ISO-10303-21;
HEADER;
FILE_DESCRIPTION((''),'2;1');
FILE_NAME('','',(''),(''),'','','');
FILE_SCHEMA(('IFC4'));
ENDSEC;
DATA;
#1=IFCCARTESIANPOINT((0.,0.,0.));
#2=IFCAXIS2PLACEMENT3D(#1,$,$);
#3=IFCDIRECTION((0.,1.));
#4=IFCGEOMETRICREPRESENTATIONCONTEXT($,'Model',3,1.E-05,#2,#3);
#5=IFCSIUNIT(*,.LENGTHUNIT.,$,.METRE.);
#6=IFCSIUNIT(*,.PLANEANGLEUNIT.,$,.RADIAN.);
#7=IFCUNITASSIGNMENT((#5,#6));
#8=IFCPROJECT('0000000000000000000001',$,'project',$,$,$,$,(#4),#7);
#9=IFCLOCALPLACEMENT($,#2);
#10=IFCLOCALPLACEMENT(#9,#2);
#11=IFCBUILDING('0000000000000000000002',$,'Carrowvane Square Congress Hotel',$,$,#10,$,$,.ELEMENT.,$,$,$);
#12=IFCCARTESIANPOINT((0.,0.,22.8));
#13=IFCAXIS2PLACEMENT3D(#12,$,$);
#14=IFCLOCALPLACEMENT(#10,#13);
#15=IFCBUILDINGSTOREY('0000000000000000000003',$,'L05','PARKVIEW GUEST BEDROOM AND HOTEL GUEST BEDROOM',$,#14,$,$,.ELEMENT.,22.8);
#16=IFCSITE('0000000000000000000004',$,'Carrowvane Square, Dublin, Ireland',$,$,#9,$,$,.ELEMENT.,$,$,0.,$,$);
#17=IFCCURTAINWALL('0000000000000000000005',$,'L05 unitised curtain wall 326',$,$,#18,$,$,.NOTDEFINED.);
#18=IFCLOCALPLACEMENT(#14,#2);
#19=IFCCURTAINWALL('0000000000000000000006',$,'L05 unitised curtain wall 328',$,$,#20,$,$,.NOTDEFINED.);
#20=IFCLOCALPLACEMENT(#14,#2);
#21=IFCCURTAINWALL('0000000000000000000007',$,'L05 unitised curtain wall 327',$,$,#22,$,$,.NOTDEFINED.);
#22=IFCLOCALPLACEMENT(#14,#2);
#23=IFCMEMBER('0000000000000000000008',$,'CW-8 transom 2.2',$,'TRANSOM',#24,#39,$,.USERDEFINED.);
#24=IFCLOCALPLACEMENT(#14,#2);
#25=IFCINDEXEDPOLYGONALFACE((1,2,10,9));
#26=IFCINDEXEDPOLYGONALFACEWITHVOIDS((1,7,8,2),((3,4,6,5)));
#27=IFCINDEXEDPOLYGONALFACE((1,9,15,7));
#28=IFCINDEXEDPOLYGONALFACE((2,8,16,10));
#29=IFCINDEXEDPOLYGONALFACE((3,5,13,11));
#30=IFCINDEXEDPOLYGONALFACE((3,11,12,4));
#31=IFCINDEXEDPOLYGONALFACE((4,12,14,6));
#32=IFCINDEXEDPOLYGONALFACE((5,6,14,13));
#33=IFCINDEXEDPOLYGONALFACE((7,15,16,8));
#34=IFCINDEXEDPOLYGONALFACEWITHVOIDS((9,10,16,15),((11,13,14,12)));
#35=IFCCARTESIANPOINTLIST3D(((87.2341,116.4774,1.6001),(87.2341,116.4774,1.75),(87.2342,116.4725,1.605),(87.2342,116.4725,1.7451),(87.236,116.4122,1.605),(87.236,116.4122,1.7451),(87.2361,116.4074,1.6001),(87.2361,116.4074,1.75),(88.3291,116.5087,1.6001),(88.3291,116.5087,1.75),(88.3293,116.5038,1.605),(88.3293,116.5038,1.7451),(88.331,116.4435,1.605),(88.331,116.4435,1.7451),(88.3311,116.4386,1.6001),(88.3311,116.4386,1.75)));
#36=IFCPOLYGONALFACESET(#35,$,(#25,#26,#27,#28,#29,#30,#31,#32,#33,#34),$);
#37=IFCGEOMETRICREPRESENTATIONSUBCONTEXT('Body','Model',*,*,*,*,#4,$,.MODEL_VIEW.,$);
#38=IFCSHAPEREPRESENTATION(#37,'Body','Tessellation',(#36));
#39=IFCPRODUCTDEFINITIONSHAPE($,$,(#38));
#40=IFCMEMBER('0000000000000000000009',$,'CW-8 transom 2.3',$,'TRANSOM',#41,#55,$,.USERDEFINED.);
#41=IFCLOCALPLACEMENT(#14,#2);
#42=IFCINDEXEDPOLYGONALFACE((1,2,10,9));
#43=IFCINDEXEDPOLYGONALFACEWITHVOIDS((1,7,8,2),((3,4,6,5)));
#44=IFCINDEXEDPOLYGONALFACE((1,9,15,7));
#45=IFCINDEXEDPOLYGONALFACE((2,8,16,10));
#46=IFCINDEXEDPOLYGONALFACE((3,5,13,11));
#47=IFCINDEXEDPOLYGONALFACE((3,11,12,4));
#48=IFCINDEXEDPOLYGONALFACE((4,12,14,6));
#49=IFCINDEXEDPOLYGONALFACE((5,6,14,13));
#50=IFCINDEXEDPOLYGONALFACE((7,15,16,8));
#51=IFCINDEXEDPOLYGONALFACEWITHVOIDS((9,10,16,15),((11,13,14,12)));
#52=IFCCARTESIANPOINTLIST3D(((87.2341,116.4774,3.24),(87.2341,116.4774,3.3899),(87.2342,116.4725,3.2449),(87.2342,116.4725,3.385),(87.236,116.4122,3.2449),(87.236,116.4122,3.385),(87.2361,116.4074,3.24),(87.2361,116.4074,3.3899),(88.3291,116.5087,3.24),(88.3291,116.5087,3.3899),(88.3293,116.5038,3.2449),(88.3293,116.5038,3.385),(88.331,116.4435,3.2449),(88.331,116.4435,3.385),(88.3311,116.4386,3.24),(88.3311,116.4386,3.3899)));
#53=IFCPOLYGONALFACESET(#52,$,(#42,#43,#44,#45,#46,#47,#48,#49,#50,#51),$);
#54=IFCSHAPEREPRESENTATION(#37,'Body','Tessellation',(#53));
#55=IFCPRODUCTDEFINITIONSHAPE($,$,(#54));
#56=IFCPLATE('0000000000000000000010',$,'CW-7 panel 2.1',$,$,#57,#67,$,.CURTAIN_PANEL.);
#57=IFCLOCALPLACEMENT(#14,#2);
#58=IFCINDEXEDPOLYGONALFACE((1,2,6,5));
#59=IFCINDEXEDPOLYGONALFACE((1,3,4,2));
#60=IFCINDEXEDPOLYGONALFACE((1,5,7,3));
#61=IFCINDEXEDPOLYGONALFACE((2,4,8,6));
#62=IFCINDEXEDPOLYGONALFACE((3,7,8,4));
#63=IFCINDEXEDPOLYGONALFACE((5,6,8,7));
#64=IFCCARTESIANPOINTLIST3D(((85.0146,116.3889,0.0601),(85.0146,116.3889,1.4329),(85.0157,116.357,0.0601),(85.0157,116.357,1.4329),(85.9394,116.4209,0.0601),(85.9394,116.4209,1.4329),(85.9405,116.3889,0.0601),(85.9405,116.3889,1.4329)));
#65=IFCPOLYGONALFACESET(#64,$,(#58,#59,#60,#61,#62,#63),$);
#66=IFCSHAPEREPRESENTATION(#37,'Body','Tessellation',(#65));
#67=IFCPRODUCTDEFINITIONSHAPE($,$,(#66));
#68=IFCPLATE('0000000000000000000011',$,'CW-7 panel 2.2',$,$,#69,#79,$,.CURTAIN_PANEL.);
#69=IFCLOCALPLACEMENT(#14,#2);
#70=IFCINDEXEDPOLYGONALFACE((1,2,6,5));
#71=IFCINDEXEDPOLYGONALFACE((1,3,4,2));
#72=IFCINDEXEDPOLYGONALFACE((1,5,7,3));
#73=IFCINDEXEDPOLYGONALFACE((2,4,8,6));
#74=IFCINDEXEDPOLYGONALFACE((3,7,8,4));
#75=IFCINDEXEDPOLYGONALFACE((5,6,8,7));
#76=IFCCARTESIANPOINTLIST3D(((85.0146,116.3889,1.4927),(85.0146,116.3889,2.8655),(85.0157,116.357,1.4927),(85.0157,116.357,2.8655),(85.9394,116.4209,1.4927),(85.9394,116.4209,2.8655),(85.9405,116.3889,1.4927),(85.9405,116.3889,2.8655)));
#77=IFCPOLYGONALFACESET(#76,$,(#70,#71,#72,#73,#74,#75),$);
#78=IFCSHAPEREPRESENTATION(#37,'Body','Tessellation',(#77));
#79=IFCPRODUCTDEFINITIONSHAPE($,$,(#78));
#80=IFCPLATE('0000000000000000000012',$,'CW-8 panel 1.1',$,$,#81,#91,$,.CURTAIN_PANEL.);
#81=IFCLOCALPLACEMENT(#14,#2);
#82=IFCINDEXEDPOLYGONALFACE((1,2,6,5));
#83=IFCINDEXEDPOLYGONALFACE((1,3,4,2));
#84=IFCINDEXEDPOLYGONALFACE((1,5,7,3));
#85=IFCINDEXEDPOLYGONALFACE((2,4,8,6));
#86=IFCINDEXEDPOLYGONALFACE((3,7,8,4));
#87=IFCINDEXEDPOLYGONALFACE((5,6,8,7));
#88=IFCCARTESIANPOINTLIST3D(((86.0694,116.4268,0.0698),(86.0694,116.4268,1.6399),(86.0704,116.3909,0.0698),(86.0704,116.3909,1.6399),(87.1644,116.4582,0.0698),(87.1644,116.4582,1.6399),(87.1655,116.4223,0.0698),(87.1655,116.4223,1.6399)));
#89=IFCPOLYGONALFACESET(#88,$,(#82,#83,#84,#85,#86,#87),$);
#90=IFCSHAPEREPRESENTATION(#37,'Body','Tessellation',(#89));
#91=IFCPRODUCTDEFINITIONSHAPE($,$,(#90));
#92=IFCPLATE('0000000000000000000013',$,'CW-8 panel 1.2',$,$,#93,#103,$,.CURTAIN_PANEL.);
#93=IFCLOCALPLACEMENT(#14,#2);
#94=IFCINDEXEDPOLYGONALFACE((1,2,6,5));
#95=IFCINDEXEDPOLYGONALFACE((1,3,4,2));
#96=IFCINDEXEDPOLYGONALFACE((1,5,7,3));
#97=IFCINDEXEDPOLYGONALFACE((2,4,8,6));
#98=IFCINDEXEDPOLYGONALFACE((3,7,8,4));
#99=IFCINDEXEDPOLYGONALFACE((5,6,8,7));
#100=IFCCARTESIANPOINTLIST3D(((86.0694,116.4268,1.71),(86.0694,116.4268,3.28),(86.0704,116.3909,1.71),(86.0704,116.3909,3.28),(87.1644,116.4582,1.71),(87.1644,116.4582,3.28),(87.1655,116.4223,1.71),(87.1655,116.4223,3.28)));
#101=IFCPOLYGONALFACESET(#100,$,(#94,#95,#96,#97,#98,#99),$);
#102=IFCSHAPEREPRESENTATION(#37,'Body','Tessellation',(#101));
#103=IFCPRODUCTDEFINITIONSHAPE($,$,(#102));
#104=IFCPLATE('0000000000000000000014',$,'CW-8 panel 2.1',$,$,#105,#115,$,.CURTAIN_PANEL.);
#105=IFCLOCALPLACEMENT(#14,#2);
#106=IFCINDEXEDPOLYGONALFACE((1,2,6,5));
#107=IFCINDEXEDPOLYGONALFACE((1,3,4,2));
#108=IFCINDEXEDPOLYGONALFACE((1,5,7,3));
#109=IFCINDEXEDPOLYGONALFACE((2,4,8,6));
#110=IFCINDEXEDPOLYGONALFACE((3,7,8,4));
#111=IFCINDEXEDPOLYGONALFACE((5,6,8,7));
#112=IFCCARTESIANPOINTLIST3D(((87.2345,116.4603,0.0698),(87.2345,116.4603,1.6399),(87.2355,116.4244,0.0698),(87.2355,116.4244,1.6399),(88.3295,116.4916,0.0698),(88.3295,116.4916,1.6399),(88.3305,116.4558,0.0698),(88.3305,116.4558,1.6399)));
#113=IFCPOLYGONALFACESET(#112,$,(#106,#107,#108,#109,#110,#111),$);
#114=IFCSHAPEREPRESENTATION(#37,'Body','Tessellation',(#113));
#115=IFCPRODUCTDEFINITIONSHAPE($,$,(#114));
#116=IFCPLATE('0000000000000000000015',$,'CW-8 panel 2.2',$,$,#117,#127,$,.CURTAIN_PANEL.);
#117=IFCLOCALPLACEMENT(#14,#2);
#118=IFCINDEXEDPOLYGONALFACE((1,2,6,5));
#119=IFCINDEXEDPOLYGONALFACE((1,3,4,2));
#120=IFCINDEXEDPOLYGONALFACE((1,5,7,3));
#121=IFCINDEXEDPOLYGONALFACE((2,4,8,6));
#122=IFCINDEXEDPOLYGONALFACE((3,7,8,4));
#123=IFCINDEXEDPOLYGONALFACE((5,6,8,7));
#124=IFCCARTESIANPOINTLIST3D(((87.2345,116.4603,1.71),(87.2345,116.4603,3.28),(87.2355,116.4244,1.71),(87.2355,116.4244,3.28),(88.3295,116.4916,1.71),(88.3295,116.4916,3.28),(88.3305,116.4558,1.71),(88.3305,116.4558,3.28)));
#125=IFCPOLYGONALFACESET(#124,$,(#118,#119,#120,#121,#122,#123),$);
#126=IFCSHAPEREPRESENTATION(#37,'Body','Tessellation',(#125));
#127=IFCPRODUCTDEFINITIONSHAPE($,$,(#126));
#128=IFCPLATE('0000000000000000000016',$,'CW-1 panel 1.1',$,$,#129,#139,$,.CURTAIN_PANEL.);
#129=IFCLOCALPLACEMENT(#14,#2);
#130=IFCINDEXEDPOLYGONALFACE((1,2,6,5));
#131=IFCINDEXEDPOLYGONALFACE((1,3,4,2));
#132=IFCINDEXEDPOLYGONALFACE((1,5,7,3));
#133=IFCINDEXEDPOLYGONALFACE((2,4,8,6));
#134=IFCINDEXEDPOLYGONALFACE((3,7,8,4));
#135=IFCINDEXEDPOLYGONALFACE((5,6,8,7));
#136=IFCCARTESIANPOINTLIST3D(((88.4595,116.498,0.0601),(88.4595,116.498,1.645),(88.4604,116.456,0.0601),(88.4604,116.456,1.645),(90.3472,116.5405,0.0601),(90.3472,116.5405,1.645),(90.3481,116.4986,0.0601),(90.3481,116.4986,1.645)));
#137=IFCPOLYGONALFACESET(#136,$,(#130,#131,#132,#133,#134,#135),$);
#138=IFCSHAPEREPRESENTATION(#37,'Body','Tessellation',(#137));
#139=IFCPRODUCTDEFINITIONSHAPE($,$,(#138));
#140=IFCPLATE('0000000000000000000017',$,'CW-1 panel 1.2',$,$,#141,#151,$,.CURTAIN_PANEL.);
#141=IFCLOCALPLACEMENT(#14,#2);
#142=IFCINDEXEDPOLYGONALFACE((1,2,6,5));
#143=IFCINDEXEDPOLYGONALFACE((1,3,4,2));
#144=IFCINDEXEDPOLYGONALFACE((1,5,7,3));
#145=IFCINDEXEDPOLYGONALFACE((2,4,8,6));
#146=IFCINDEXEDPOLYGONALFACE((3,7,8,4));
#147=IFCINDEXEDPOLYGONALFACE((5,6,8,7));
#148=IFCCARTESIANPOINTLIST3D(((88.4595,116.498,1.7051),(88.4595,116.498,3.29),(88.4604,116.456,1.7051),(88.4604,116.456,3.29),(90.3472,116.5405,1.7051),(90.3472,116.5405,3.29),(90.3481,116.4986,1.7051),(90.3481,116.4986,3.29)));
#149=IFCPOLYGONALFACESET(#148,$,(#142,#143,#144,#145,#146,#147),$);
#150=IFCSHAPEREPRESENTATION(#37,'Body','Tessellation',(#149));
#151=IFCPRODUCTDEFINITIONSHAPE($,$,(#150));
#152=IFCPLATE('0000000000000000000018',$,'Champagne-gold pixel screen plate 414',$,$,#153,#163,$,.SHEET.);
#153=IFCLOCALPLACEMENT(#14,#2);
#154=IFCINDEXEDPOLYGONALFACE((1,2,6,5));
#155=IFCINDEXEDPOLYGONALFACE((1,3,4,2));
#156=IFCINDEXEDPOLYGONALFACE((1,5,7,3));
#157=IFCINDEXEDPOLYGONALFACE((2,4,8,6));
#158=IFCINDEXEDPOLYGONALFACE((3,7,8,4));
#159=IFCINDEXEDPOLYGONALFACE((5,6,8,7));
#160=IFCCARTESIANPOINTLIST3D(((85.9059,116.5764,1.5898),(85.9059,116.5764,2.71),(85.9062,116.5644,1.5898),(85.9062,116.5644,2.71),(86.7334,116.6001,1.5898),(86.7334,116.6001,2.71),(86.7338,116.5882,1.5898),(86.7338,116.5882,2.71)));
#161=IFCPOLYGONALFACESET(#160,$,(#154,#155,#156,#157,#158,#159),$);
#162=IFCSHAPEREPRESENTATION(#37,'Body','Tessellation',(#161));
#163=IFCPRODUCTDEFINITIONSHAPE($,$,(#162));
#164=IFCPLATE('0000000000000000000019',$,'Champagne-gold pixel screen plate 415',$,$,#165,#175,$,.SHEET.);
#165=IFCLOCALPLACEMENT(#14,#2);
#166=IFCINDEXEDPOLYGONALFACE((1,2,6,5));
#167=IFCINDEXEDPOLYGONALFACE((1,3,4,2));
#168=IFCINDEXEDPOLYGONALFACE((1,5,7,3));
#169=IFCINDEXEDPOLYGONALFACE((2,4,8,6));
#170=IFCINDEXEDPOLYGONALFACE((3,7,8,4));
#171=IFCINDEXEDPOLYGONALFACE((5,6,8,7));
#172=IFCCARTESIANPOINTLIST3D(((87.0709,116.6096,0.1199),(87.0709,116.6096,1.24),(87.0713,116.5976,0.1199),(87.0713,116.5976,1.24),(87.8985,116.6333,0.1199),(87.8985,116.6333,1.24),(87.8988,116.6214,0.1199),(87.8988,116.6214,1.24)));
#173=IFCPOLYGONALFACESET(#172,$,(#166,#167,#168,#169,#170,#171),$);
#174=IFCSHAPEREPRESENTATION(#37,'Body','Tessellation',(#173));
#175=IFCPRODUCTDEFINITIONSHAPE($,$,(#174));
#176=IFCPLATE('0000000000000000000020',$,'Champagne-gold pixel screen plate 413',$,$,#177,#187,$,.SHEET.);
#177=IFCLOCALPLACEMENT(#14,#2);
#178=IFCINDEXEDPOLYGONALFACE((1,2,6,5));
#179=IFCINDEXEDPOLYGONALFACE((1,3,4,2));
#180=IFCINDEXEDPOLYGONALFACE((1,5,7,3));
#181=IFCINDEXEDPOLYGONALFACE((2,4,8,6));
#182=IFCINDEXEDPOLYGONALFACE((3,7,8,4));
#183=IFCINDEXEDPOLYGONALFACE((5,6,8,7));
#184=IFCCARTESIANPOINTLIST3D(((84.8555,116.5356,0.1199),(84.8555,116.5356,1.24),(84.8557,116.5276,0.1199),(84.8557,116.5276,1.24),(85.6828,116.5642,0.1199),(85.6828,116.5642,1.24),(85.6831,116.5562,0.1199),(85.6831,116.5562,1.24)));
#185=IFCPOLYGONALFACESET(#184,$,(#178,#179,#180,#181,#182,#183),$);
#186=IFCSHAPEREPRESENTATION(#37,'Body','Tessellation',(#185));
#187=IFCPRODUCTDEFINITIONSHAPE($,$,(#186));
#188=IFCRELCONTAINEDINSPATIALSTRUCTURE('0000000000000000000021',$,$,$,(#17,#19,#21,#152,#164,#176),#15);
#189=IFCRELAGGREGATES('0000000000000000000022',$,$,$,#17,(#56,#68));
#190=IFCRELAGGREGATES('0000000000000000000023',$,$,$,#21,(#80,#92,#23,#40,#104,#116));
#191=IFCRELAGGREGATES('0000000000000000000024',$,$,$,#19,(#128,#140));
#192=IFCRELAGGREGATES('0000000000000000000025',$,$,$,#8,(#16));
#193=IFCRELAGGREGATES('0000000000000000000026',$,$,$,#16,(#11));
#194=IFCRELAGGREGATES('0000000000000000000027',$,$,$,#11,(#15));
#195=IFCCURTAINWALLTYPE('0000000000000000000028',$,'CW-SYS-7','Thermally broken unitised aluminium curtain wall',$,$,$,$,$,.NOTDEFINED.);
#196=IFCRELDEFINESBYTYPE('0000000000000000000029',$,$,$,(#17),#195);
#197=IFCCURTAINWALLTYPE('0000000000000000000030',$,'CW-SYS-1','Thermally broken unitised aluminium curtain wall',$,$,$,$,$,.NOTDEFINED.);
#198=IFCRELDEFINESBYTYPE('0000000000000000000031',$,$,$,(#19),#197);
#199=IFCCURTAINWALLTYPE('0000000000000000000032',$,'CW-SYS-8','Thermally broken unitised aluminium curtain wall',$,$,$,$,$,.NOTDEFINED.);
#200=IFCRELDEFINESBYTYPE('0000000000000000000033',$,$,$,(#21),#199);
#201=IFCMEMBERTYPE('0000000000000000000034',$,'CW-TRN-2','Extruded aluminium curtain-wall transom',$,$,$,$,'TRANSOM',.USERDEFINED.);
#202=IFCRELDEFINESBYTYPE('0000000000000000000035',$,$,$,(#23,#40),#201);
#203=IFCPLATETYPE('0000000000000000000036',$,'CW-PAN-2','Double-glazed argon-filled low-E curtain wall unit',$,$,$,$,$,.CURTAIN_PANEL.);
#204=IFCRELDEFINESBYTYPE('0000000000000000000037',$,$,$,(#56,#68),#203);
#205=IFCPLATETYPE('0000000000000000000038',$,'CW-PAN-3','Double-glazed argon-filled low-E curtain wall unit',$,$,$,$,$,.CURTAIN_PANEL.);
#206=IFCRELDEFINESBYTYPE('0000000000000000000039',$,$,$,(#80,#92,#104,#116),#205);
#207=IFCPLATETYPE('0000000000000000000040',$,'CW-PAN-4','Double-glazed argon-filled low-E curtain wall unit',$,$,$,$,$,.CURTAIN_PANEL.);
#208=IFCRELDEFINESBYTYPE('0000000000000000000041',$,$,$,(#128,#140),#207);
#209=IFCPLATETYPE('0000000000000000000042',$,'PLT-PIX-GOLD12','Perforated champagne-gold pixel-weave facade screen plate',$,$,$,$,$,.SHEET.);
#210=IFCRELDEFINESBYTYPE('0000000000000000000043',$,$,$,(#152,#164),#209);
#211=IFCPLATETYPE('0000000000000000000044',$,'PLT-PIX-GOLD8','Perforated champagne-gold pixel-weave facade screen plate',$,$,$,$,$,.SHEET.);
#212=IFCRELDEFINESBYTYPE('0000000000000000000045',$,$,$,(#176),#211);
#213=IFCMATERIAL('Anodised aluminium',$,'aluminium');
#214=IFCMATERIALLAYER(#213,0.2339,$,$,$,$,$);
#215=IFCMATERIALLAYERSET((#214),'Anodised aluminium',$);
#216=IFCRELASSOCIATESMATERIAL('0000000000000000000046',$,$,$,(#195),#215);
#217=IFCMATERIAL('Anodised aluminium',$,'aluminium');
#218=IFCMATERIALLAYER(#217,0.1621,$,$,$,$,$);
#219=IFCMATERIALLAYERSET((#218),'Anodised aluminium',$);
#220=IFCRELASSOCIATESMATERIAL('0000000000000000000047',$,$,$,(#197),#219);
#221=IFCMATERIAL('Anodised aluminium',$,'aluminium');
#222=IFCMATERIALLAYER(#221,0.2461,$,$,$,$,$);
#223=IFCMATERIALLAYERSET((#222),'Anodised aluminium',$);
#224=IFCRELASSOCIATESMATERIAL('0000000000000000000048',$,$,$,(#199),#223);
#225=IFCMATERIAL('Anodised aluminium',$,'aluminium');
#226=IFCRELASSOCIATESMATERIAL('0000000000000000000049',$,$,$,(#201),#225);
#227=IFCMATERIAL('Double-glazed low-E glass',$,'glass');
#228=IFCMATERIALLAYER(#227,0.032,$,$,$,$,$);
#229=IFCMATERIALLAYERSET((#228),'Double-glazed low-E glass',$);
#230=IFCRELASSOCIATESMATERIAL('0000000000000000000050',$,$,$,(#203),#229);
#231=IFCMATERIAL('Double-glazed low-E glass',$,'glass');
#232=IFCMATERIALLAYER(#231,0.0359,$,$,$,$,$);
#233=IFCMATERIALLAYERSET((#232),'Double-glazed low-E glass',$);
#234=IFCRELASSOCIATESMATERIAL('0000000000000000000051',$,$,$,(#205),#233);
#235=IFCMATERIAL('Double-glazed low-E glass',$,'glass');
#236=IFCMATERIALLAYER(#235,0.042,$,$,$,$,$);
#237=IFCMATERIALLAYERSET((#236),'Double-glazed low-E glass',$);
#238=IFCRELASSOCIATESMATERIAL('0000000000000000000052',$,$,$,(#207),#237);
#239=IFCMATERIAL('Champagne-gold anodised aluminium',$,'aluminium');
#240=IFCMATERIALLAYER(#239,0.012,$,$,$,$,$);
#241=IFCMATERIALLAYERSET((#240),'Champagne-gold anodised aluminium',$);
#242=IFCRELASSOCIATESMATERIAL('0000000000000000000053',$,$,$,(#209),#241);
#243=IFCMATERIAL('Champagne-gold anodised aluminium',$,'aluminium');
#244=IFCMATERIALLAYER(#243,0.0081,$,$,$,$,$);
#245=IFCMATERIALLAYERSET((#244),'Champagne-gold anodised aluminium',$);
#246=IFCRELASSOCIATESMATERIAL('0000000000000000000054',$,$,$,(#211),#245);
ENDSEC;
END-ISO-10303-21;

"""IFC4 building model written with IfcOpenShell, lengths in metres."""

from ifc_helpers import new_model, si_unit, direction, frame, origin, origin_2d, place, context, subcontext, project, spatial, rectangle, hollow_rectangle, extrude, material, layer, layer_set, material_profile, profile_set, type_object, element, aggregate, save


model = new_model("IFC4")

# Units and contexts
model_context = context("Model", 3, precision=1e-05, world=origin(), true_north=direction((0.0, 1.0)))
body_context = subcontext(model_context, "Body", "Model", "MODEL_VIEW")
ifc_project = project(units=[si_unit("LENGTHUNIT", "METRE"), si_unit("PLANEANGLEUNIT", "RADIAN")], contexts=[model_context])

# Site, building, storey
site_placement = place(None, origin())
site = spatial("IfcSite", under=ifc_project, at=site_placement, Name="Carrowvane Square, Dublin, Ireland", CompositionType="ELEMENT", RefElevation=0.0)
building_placement = place(site_placement, origin())
building = spatial("IfcBuilding", under=site, at=building_placement, Name="Carrowvane Square Congress Hotel", CompositionType="ELEMENT")
storey_placement = place(building_placement, frame((0.0, 0.0, 22.8)))
storey = spatial("IfcBuildingStorey", under=building, at=storey_placement, Name="L05", Description="PARKVIEW GUEST BEDROOM AND HOTEL GUEST BEDROOM", CompositionType="ELEMENT", Elevation=22.8)

# Curtain walls
ifc_material_1 = material(Name="Anodised aluminium", Category="aluminium")
ifc_layer_1 = layer(ifc_material_1, 0.2339)
ifc_layer_set_1 = layer_set([ifc_layer_1], Name="Anodised aluminium")
curtain_wall_type_1 = type_object("IfcCurtainWallType", Name="CW-SYS-7", Description="Thermally broken unitised aluminium curtain wall", PredefinedType="NOTDEFINED", material=ifc_layer_set_1)
curtain_wall_1_placement = place(storey_placement, origin())
curtain_wall_1 = element("IfcCurtainWall", 1, at=curtain_wall_1_placement, inside=storey, type_object=curtain_wall_type_1, Name="L05 unitised curtain wall 326", PredefinedType="NOTDEFINED")
ifc_material_2 = material(Name="Anodised aluminium", Category="aluminium")
ifc_layer_2 = layer(ifc_material_2, 0.1621)
ifc_layer_set_2 = layer_set([ifc_layer_2], Name="Anodised aluminium")
curtain_wall_type_2 = type_object("IfcCurtainWallType", Name="CW-SYS-1", Description="Thermally broken unitised aluminium curtain wall", PredefinedType="NOTDEFINED", material=ifc_layer_set_2)
curtain_wall_2_placement = place(storey_placement, origin())
curtain_wall_2 = element("IfcCurtainWall", 2, at=curtain_wall_2_placement, inside=storey, type_object=curtain_wall_type_2, Name="L05 unitised curtain wall 328", PredefinedType="NOTDEFINED")
ifc_material_3 = material(Name="Anodised aluminium", Category="aluminium")
ifc_layer_3 = layer(ifc_material_3, 0.2461)
ifc_layer_set_3 = layer_set([ifc_layer_3], Name="Anodised aluminium")
curtain_wall_type_3 = type_object("IfcCurtainWallType", Name="CW-SYS-8", Description="Thermally broken unitised aluminium curtain wall", PredefinedType="NOTDEFINED", material=ifc_layer_set_3)
curtain_wall_3_placement = place(storey_placement, origin())
curtain_wall_3 = element("IfcCurtainWall", 3, at=curtain_wall_3_placement, inside=storey, type_object=curtain_wall_type_3, Name="L05 unitised curtain wall 327", PredefinedType="NOTDEFINED")

# Members
ifc_material_4 = material(Name="Anodised aluminium", Category="aluminium")
ifc_material_profile_1 = material_profile(ifc_material_4, hollow_rectangle(XDim=0.0701, YDim=0.1499, WallThickness=0.0049, at=origin_2d()), Name="CW-TR 70x150x5")
ifc_profile_set_1 = profile_set([ifc_material_profile_1], Name="Anodised aluminium")
member_type_1 = type_object("IfcMemberType", Name="CW-TRN-2", Description="Extruded aluminium curtain-wall transom", ElementType="TRANSOM", PredefinedType="USERDEFINED", material=ifc_profile_set_1)
member_1_placement = place(storey_placement, frame((87.2351, 116.4424, 1.675), z_axis=(0.999593, 0.028528, 0.0), x_axis=(-0.028528, 0.999593, 0.0)))
member_1 = element("IfcMember", 4, at=member_1_placement, type_object=member_type_1, Name="CW-8 transom 2.2", ObjectType="TRANSOM", PredefinedType="USERDEFINED", context=body_context, shape_type="SweptSolid", body=[
    extrude(hollow_rectangle(XDim=0.0701, YDim=0.1499, WallThickness=0.0049, at=origin_2d()), origin(), (0.0, 0.0, 1.0), 1.0955),
])
member_2_placement = place(storey_placement, frame((87.2351, 116.4424, 3.3149), z_axis=(0.999593, 0.028528, 0.0), x_axis=(-0.028528, 0.999593, 0.0)))
member_2 = element("IfcMember", 5, at=member_2_placement, type_object=member_type_1, Name="CW-8 transom 2.3", ObjectType="TRANSOM", PredefinedType="USERDEFINED", context=body_context, shape_type="SweptSolid", body=[
    extrude(hollow_rectangle(XDim=0.0701, YDim=0.1499, WallThickness=0.0049, at=origin_2d()), origin(), (0.0, 0.0, 1.0), 1.0955),
])

# Plates
ifc_material_5 = material(Name="Double-glazed low-E glass", Category="glass")
ifc_layer_4 = layer(ifc_material_5, 0.032)
ifc_layer_set_4 = layer_set([ifc_layer_4], Name="Double-glazed low-E glass")
plate_type_1 = type_object("IfcPlateType", Name="CW-PAN-2", Description="Double-glazed argon-filled low-E curtain wall unit", PredefinedType="CURTAIN_PANEL", material=ifc_layer_set_4)
plate_1_placement = place(storey_placement, frame((85.4775, 116.3889, 0.0601), z_axis=(0.0, 0.0, 1.0), x_axis=(0.999404, 0.034527, 0.0)))
plate_1 = element("IfcPlate", 6, at=plate_1_placement, type_object=plate_type_1, Name="CW-7 panel 2.1", PredefinedType="CURTAIN_PANEL", context=body_context, shape_type="SweptSolid", body=[
    extrude(rectangle(XDim=0.9253, YDim=0.032, at=origin_2d()), origin(), (0.0, 0.0, 1.0), 1.3728),
])
plate_2_placement = place(storey_placement, frame((85.4775, 116.3889, 1.4927), z_axis=(0.0, 0.0, 1.0), x_axis=(0.999404, 0.034527, 0.0)))
plate_2 = element("IfcPlate", 7, at=plate_2_placement, type_object=plate_type_1, Name="CW-7 panel 2.2", PredefinedType="CURTAIN_PANEL", context=body_context, shape_type="SweptSolid", body=[
    extrude(rectangle(XDim=0.9253, YDim=0.032, at=origin_2d()), origin(), (0.0, 0.0, 1.0), 1.3728),
])
aggregate(curtain_wall_1, [plate_1, plate_2])
ifc_material_6 = material(Name="Double-glazed low-E glass", Category="glass")
ifc_layer_5 = layer(ifc_material_6, 0.0359)
ifc_layer_set_5 = layer_set([ifc_layer_5], Name="Double-glazed low-E glass")
plate_type_2 = type_object("IfcPlateType", Name="CW-PAN-3", Description="Double-glazed argon-filled low-E curtain wall unit", PredefinedType="CURTAIN_PANEL", material=ifc_layer_set_5)
plate_3_placement = place(storey_placement, frame((86.6174, 116.4246, 0.0698), z_axis=(0.0, 0.0, 1.0), x_axis=(0.99959, 0.028638, 0.0)))
plate_3 = element("IfcPlate", 8, at=plate_3_placement, type_object=plate_type_2, Name="CW-8 panel 1.1", PredefinedType="CURTAIN_PANEL", context=body_context, shape_type="SweptSolid", body=[
    extrude(rectangle(XDim=1.0955, YDim=0.0359, at=origin_2d()), origin(), (0.0, 0.0, 1.0), 1.5701),
])
plate_4_placement = place(storey_placement, frame((86.6174, 116.4246, 1.71), z_axis=(0.0, 0.0, 1.0), x_axis=(0.99959, 0.028638, 0.0)))
plate_4 = element("IfcPlate", 9, at=plate_4_placement, type_object=plate_type_2, Name="CW-8 panel 1.2", PredefinedType="CURTAIN_PANEL", context=body_context, shape_type="SweptSolid", body=[
    extrude(rectangle(XDim=1.0955, YDim=0.0359, at=origin_2d()), origin(), (0.0, 0.0, 1.0), 1.5701),
])
plate_5_placement = place(storey_placement, frame((87.7825, 116.458, 0.0698), z_axis=(0.0, 0.0, 1.0), x_axis=(0.99959, 0.028638, 0.0)))
plate_5 = element("IfcPlate", 10, at=plate_5_placement, type_object=plate_type_2, Name="CW-8 panel 2.1", PredefinedType="CURTAIN_PANEL", context=body_context, shape_type="SweptSolid", body=[
    extrude(rectangle(XDim=1.0955, YDim=0.0359, at=origin_2d()), origin(), (0.0, 0.0, 1.0), 1.5701),
])
plate_6_placement = place(storey_placement, frame((87.7825, 116.458, 1.71), z_axis=(0.0, 0.0, 1.0), x_axis=(0.99959, 0.028638, 0.0)))
plate_6 = element("IfcPlate", 11, at=plate_6_placement, type_object=plate_type_2, Name="CW-8 panel 2.2", PredefinedType="CURTAIN_PANEL", context=body_context, shape_type="SweptSolid", body=[
    extrude(rectangle(XDim=1.0955, YDim=0.0359, at=origin_2d()), origin(), (0.0, 0.0, 1.0), 1.5701),
])
aggregate(curtain_wall_3, [plate_3, plate_4, member_1, member_2, plate_5, plate_6])
ifc_material_7 = material(Name="Double-glazed low-E glass", Category="glass")
ifc_layer_6 = layer(ifc_material_7, 0.042)
ifc_layer_set_6 = layer_set([ifc_layer_6], Name="Double-glazed low-E glass")
plate_type_3 = type_object("IfcPlateType", Name="CW-PAN-4", Description="Double-glazed argon-filled low-E curtain wall unit", PredefinedType="CURTAIN_PANEL", material=ifc_layer_set_6)
plate_7_placement = place(storey_placement, frame((89.4038, 116.4983, 0.0601), z_axis=(0.0, 0.0, 1.0), x_axis=(0.999746, 0.022518, 0.0)))
plate_7 = element("IfcPlate", 12, at=plate_7_placement, type_object=plate_type_3, Name="CW-1 panel 1.1", PredefinedType="CURTAIN_PANEL", context=body_context, shape_type="SweptSolid", body=[
    extrude(rectangle(XDim=1.8882, YDim=0.042, at=origin_2d()), origin(), (0.0, 0.0, 1.0), 1.585),
])
plate_8_placement = place(storey_placement, frame((89.4038, 116.4983, 1.7051), z_axis=(0.0, 0.0, 1.0), x_axis=(0.999746, 0.022518, 0.0)))
plate_8 = element("IfcPlate", 13, at=plate_8_placement, type_object=plate_type_3, Name="CW-1 panel 1.2", PredefinedType="CURTAIN_PANEL", context=body_context, shape_type="SweptSolid", body=[
    extrude(rectangle(XDim=1.8882, YDim=0.042, at=origin_2d()), origin(), (0.0, 0.0, 1.0), 1.585),
])
aggregate(curtain_wall_2, [plate_7, plate_8])

# Plates
ifc_material_8 = material(Name="Champagne-gold anodised aluminium", Category="aluminium")
ifc_layer_7 = layer(ifc_material_8, 0.012)
ifc_layer_set_7 = layer_set([ifc_layer_7], Name="Champagne-gold anodised aluminium")
plate_type_4 = type_object("IfcPlateType", Name="PLT-PIX-GOLD12", Description="Perforated champagne-gold pixel-weave facade screen plate", PredefinedType="SHEET", material=ifc_layer_set_7)
for number, where, z_axis, x_axis, name in (
    (14, (86.3198, 116.5823, 1.5898), (0.0, 0.0, 1.0), (0.99959, 0.028639, 0.0), "Champagne-gold pixel screen plate 414"),
    (15, (87.4849, 116.6155, 0.1199), (0.0, 0.0, 1.0), (0.99959, 0.028639, 0.0), "Champagne-gold pixel screen plate 415"),
):
    element("IfcPlate", number, at=place(storey_placement, frame(where, z_axis=z_axis, x_axis=x_axis)), inside=storey, type_object=plate_type_4, Name=name, PredefinedType="SHEET", context=body_context, shape_type="SweptSolid", body=[
        extrude(rectangle(XDim=0.8279, YDim=0.012, at=origin_2d()), origin(), (0.0, 0.0, 1.0), 1.1201),
    ])
ifc_material_9 = material(Name="Champagne-gold anodised aluminium", Category="aluminium")
ifc_layer_8 = layer(ifc_material_9, 0.0081)
ifc_layer_set_8 = layer_set([ifc_layer_8], Name="Champagne-gold anodised aluminium")
plate_type_5 = type_object("IfcPlateType", Name="PLT-PIX-GOLD8", Description="Perforated champagne-gold pixel-weave facade screen plate", PredefinedType="SHEET", material=ifc_layer_set_8)
for number, where, z_axis, x_axis, name in (
    (16, (85.2693, 116.5459, 0.1199), (0.0, 0.0, 1.0), (0.999404, 0.034527, 0.0), "Champagne-gold pixel screen plate 413"),
):
    element("IfcPlate", number, at=place(storey_placement, frame(where, z_axis=z_axis, x_axis=x_axis)), inside=storey, type_object=plate_type_5, Name=name, PredefinedType="SHEET", context=body_context, shape_type="SweptSolid", body=[
        extrude(rectangle(XDim=0.8279, YDim=0.0081, at=origin_2d()), origin(), (0.0, 0.0, 1.0), 1.1201),
    ])

save(model, "model.ifc")
